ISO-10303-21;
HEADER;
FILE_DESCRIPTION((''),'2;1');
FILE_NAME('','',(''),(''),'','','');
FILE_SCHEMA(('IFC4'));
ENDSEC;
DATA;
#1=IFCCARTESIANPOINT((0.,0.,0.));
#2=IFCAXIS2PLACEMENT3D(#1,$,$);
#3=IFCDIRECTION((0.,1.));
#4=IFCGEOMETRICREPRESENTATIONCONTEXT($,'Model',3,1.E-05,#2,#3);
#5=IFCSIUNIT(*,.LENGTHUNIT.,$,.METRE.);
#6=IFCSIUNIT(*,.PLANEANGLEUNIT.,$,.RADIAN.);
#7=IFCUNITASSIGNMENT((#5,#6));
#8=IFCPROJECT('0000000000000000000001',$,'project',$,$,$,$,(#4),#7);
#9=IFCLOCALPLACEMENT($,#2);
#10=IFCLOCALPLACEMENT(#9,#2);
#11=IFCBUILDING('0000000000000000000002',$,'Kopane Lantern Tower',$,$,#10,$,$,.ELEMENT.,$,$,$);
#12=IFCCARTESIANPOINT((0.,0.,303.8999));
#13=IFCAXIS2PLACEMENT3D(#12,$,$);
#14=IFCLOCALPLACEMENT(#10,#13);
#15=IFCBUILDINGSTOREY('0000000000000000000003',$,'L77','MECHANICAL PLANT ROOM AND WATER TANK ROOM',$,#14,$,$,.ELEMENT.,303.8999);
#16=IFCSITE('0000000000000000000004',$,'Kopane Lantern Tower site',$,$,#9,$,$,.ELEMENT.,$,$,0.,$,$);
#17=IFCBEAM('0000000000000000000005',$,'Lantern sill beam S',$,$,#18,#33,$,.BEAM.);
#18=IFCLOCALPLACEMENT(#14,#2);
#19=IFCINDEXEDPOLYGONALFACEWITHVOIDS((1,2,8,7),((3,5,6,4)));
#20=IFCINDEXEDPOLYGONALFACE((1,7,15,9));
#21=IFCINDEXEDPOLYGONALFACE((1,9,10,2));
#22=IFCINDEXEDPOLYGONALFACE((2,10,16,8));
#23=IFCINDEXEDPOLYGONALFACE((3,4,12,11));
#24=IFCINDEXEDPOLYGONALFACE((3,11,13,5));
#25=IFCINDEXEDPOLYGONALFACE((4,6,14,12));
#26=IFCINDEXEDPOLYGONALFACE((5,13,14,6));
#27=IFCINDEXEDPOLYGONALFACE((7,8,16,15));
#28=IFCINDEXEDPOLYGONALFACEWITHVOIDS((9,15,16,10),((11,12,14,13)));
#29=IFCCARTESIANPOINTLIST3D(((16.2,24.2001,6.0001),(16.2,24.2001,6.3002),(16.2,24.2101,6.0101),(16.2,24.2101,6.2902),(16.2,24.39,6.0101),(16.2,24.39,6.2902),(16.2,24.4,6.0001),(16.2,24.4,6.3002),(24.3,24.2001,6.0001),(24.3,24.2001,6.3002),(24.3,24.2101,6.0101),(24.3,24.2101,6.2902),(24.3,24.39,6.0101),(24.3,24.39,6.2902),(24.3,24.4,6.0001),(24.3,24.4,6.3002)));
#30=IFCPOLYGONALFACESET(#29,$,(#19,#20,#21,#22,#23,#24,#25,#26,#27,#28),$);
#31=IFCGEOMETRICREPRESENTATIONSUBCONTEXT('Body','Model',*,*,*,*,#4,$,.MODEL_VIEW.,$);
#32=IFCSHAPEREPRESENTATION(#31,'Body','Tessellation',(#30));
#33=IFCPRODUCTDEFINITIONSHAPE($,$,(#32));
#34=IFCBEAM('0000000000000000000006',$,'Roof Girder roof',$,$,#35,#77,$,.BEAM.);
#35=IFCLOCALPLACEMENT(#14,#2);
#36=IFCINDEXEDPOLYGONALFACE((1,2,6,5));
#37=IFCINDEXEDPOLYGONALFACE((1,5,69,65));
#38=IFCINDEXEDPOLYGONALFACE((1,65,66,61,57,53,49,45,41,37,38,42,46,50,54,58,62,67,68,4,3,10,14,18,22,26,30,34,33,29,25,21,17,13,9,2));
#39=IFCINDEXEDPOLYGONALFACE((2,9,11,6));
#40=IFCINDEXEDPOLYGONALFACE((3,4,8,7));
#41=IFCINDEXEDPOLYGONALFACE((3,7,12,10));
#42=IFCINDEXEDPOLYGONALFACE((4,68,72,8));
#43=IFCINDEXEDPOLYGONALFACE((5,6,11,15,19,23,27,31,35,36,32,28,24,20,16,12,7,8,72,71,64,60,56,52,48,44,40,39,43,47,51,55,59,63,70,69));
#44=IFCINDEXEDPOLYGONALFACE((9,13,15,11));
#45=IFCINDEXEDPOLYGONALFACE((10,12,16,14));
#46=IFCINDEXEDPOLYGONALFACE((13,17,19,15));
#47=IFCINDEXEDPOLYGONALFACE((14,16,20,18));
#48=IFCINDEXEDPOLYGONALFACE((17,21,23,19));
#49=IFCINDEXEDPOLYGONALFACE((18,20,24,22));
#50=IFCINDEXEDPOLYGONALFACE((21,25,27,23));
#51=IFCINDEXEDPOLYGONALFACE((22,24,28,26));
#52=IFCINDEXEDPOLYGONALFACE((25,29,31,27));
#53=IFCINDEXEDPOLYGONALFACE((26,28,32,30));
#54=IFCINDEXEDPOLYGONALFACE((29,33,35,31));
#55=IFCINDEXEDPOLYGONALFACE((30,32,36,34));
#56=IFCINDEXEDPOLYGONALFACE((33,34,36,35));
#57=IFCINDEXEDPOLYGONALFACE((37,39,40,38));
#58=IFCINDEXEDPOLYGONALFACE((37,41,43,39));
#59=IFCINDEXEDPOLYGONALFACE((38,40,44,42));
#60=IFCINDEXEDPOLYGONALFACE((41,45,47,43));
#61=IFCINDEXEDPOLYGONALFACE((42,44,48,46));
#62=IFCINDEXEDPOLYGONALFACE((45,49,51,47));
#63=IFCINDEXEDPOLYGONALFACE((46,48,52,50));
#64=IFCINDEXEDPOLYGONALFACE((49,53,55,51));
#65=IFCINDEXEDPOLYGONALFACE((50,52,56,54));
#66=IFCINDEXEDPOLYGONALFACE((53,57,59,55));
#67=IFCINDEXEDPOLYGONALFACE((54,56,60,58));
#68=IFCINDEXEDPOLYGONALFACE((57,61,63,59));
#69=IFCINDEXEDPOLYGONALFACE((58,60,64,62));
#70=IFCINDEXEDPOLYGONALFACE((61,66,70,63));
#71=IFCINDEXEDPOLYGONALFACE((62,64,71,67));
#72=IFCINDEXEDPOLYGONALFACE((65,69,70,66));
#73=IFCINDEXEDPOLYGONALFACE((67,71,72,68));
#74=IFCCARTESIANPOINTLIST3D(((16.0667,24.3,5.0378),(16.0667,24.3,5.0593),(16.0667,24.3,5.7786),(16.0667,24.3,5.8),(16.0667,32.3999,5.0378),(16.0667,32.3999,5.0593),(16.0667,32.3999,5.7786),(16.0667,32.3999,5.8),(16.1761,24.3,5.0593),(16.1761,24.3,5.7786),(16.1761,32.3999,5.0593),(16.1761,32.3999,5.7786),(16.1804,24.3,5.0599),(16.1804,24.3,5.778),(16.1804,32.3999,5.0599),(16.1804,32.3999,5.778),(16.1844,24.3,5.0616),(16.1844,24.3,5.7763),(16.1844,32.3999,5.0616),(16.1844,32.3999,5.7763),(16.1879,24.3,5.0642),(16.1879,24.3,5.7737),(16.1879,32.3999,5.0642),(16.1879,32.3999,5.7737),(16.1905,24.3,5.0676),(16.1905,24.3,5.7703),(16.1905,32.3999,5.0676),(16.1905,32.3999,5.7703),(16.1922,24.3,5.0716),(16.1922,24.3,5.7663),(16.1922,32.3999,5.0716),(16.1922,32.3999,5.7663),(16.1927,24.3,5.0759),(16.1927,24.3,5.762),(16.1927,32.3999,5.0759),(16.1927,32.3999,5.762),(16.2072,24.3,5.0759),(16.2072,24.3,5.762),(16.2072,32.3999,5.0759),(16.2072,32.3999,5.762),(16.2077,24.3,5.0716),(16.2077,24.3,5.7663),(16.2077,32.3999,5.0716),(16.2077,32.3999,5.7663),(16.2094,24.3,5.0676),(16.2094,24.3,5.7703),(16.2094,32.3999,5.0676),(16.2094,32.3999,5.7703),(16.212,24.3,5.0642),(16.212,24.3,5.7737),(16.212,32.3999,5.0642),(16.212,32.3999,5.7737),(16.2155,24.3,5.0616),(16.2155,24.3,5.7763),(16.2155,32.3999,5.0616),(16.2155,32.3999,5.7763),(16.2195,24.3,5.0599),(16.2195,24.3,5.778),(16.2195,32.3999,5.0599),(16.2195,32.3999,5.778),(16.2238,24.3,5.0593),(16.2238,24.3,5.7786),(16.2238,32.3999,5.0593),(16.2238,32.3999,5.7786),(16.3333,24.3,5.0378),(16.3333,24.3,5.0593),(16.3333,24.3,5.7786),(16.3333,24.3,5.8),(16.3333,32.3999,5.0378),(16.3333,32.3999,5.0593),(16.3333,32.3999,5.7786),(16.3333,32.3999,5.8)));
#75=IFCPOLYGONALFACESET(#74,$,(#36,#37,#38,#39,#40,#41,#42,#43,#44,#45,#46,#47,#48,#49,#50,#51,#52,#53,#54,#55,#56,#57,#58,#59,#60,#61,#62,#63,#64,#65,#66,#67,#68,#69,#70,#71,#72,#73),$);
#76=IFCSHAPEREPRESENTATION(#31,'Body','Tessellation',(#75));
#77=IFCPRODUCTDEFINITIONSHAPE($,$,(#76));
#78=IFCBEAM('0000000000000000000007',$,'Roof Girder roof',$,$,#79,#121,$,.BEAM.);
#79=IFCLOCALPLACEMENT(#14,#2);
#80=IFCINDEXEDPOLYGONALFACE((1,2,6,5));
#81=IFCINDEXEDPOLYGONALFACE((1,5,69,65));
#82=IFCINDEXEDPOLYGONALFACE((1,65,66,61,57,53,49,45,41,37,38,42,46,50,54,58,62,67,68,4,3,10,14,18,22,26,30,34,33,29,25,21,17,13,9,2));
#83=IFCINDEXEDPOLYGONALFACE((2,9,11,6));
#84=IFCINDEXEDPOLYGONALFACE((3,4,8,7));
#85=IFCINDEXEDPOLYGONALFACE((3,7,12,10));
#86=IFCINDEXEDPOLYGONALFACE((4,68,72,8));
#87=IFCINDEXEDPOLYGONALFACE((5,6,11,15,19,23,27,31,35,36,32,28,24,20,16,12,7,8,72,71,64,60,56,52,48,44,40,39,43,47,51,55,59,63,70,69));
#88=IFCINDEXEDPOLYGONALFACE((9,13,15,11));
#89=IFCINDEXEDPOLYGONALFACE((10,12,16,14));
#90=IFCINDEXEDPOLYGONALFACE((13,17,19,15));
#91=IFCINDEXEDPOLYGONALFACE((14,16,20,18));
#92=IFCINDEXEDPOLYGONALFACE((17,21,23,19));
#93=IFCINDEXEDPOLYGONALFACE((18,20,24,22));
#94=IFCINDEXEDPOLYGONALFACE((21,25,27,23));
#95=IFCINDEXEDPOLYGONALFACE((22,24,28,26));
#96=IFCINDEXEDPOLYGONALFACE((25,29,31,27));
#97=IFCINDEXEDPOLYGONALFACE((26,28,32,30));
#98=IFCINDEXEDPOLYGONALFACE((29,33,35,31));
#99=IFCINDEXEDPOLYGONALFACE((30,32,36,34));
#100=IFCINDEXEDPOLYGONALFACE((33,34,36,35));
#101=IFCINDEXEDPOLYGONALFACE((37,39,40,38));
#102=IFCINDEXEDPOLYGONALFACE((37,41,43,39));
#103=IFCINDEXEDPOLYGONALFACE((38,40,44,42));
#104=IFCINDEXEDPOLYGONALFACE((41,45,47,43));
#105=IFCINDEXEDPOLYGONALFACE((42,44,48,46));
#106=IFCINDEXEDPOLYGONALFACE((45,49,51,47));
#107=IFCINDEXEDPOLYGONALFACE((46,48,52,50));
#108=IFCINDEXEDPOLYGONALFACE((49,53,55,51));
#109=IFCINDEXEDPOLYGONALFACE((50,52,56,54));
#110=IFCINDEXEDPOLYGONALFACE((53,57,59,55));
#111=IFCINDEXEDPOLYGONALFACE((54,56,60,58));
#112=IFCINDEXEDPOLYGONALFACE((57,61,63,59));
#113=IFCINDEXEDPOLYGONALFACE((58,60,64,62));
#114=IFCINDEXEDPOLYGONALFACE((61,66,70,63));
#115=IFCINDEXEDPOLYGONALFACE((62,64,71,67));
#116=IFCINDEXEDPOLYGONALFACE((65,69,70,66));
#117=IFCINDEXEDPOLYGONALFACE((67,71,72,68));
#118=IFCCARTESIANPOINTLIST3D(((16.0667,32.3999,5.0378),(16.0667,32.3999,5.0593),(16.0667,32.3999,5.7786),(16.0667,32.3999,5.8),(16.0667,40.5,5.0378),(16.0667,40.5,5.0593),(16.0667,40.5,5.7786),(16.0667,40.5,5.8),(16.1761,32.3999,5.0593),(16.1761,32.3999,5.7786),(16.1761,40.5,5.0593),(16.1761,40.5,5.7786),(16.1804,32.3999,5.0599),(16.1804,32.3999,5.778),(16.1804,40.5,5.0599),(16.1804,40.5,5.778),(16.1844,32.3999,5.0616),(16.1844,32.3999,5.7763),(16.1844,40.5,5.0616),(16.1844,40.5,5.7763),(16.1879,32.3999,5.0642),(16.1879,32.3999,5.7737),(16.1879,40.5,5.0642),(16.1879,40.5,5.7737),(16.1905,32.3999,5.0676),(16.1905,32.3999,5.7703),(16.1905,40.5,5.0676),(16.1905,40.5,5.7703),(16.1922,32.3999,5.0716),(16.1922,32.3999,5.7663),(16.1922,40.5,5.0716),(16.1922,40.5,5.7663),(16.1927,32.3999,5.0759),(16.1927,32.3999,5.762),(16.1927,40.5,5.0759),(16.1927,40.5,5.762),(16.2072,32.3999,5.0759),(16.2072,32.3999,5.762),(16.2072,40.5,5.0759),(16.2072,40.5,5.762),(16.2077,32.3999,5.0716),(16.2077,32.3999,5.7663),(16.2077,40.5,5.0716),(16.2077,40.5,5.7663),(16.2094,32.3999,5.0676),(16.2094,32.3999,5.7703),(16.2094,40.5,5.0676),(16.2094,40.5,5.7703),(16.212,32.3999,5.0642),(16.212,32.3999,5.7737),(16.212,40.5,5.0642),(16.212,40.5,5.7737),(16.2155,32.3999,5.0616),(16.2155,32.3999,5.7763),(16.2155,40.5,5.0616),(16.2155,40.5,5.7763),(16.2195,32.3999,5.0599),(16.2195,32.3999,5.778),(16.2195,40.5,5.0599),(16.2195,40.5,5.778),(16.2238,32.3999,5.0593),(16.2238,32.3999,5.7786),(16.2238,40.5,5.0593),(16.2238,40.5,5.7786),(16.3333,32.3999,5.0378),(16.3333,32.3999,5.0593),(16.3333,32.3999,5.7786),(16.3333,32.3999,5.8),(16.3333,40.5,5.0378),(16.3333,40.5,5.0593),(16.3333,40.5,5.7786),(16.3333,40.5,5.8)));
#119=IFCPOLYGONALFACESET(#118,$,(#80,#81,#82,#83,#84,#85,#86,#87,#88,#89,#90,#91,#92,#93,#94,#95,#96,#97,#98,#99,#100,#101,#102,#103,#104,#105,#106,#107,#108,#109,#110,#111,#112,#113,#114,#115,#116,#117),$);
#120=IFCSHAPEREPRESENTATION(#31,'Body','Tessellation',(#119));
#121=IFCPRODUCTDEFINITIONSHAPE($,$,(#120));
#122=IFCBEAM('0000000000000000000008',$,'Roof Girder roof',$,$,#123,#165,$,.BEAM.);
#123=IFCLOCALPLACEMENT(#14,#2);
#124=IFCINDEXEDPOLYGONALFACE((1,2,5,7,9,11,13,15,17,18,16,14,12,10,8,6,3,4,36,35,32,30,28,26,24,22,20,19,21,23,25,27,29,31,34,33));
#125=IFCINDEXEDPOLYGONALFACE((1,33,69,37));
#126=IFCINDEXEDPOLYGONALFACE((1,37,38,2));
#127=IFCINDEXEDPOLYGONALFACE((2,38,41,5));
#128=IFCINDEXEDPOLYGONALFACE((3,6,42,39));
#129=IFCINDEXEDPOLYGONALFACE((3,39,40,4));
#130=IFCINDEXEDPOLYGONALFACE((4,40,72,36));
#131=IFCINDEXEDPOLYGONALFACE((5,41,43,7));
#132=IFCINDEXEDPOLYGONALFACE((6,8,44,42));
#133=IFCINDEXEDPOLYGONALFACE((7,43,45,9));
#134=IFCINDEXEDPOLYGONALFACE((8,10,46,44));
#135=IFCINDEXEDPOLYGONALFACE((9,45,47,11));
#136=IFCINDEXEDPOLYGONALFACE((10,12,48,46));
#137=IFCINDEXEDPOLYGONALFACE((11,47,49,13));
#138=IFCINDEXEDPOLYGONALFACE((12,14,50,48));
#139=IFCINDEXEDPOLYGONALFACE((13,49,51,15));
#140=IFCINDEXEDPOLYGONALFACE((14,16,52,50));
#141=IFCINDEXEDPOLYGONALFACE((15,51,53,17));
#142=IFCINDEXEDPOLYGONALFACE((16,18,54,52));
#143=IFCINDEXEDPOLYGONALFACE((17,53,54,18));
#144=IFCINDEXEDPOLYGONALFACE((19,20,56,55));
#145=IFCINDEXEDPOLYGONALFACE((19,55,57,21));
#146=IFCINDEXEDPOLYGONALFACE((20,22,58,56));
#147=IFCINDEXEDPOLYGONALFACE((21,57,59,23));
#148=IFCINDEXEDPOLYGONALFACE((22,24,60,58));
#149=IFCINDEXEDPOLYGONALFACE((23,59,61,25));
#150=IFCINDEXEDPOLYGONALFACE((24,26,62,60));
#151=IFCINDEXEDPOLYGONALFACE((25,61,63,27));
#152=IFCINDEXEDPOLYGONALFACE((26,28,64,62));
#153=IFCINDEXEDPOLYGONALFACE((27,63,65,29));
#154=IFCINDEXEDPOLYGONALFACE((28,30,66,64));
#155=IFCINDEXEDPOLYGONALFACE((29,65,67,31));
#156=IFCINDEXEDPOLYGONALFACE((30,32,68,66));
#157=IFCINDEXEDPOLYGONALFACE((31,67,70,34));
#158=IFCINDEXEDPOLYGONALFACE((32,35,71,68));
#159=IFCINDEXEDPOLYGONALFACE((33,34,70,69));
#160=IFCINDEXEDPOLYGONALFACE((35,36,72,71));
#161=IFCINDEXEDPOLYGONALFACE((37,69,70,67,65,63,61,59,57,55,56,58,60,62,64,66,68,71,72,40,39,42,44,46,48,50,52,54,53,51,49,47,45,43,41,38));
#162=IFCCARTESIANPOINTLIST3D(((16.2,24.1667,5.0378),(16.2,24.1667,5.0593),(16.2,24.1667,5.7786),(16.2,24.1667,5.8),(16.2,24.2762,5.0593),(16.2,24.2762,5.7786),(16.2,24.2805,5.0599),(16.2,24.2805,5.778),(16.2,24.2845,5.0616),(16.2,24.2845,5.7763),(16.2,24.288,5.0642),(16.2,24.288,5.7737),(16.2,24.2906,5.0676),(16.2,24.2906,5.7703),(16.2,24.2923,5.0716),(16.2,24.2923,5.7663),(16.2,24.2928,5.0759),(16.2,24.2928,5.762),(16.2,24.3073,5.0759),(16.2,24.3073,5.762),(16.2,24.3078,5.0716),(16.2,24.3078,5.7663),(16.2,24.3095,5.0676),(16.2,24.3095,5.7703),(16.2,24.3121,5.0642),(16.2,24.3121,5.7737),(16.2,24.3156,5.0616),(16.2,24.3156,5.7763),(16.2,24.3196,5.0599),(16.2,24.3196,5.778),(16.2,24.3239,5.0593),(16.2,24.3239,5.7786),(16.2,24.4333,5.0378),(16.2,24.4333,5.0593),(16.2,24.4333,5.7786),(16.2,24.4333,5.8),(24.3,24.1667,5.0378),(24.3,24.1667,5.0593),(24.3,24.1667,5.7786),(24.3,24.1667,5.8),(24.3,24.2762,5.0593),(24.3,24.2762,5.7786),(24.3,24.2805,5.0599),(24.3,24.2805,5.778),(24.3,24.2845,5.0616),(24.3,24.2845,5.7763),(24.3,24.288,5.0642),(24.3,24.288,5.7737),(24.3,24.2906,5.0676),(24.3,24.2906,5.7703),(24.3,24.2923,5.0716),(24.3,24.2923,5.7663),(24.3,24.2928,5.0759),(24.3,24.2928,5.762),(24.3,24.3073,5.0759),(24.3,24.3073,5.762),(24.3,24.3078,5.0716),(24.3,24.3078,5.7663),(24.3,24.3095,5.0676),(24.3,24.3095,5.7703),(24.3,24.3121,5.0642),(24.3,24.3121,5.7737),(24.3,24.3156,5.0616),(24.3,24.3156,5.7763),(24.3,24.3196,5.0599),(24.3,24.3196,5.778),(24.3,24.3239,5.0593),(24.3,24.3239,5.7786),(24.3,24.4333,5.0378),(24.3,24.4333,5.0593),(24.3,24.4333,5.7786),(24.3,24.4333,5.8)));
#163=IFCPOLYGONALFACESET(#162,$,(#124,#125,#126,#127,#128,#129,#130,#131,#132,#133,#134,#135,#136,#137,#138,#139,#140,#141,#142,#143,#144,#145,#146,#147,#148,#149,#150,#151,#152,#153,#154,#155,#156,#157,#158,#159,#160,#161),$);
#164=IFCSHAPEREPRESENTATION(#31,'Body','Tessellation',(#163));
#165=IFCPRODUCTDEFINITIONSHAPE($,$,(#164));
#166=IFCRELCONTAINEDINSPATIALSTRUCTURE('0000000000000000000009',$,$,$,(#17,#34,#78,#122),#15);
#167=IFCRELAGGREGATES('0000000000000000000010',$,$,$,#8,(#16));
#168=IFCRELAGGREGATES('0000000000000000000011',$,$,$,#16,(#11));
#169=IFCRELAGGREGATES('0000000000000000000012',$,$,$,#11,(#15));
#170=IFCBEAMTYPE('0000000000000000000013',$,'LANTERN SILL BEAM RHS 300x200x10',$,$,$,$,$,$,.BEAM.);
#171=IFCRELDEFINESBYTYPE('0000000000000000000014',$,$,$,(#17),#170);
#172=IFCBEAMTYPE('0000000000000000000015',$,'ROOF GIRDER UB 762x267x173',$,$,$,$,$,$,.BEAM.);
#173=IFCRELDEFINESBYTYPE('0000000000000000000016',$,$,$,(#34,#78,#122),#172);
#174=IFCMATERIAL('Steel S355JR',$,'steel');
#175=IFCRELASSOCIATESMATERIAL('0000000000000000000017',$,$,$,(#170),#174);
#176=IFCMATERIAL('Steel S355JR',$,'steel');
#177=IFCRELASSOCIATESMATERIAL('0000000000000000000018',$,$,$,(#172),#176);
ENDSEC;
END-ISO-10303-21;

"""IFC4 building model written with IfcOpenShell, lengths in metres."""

from ifc_helpers import new_model, si_unit, direction, frame, origin, origin_2d, place, context, subcontext, project, spatial, hollow_rectangle, i_section, extrude, material, material_profile, profile_set, type_object, element, save


model = new_model("IFC4")

# Units and contexts
model_context = context("Model", 3, precision=1e-05, world=origin(), true_north=direction((0.0, 1.0)))
body_context = subcontext(model_context, "Body", "Model", "MODEL_VIEW")
ifc_project = project(units=[si_unit("LENGTHUNIT", "METRE"), si_unit("PLANEANGLEUNIT", "RADIAN")], contexts=[model_context])

# Site, building, storey
site_placement = place(None, origin())
site = spatial("IfcSite", under=ifc_project, at=site_placement, Name="Kopane Lantern Tower site", CompositionType="ELEMENT", RefElevation=0.0)
building_placement = place(site_placement, origin())
building = spatial("IfcBuilding", under=site, at=building_placement, Name="Kopane Lantern Tower", CompositionType="ELEMENT")
storey_placement = place(building_placement, frame((0.0, 0.0, 303.8999)))
storey = spatial("IfcBuildingStorey", under=building, at=storey_placement, Name="L77", Description="MECHANICAL PLANT ROOM AND WATER TANK ROOM", CompositionType="ELEMENT", Elevation=303.8999)

# Beams
ifc_material_1 = material(Name="Steel S355JR", Category="steel")
ifc_material_profile_1 = material_profile(ifc_material_1, hollow_rectangle(XDim=0.2, YDim=0.3, WallThickness=0.01, at=origin_2d()), Name="RHS 300x200x10")
ifc_profile_set_1 = profile_set([ifc_material_profile_1], Name="Steel S355JR")
beam_type_1 = type_object("IfcBeamType", Name="LANTERN SILL BEAM RHS 300x200x10", PredefinedType="BEAM", material=ifc_profile_set_1)
beam_1_placement = place(storey_placement, frame((16.2, 24.3, 6.1501), z_axis=(1.0, 0.0, 0.0), x_axis=(0.0, 1.0, 0.0)))
element("IfcBeam", 1, at=beam_1_placement, inside=storey, type_object=beam_type_1, Name="Lantern sill beam S", PredefinedType="BEAM", context=body_context, shape_type="SweptSolid", body=[
    extrude(hollow_rectangle(XDim=0.2, YDim=0.3, WallThickness=0.01, at=origin_2d()), origin(), (0.0, 0.0, 1.0), 8.1001),
])
ifc_material_2 = material(Name="Steel S355JR", Category="steel")
ifc_material_profile_2 = material_profile(ifc_material_2, i_section(OverallWidth=0.2666, OverallDepth=0.7622, WebThickness=0.0144, FlangeThickness=0.0215, FilletRadius=0.0166, at=origin_2d()), Name="UB 762x267x173")
ifc_profile_set_2 = profile_set([ifc_material_profile_2], Name="Steel S355JR")
beam_type_2 = type_object("IfcBeamType", Name="ROOF GIRDER UB 762x267x173", PredefinedType="BEAM", material=ifc_profile_set_2)
beam_2_placement = place(storey_placement, frame((16.2, 24.3, 5.4189), z_axis=(0.0, 1.0, 0.0), x_axis=(-1.0, 0.0, 0.0)))
element("IfcBeam", 2, at=beam_2_placement, inside=storey, type_object=beam_type_2, Name="Roof Girder roof", PredefinedType="BEAM", context=body_context, shape_type="SweptSolid", body=[
    extrude(i_section(OverallWidth=0.2666, OverallDepth=0.7622, WebThickness=0.0144, FlangeThickness=0.0215, FilletRadius=0.0166, at=origin_2d()), origin(), (0.0, 0.0, 1.0), 8.0999),
])
for number, where, z_axis, x_axis, name in (
    (3, (16.2, 32.3999, 5.4189), (0.0, 1.0, 0.0), (-1.0, 0.0, 0.0), "Roof Girder roof"),
    (4, (16.2, 24.3, 5.4189), (1.0, 0.0, 0.0), (0.0, 1.0, 0.0), "Roof Girder roof"),
):
    element("IfcBeam", number, at=place(storey_placement, frame(where, z_axis=z_axis, x_axis=x_axis)), inside=storey, type_object=beam_type_2, Name=name, PredefinedType="BEAM", context=body_context, shape_type="SweptSolid", body=[
        extrude(i_section(OverallWidth=0.2666, OverallDepth=0.7622, WebThickness=0.0144, FlangeThickness=0.0215, FilletRadius=0.0166, at=origin_2d()), origin(), (0.0, 0.0, 1.0), 8.1001),
    ])

save(model, "model.ifc")
